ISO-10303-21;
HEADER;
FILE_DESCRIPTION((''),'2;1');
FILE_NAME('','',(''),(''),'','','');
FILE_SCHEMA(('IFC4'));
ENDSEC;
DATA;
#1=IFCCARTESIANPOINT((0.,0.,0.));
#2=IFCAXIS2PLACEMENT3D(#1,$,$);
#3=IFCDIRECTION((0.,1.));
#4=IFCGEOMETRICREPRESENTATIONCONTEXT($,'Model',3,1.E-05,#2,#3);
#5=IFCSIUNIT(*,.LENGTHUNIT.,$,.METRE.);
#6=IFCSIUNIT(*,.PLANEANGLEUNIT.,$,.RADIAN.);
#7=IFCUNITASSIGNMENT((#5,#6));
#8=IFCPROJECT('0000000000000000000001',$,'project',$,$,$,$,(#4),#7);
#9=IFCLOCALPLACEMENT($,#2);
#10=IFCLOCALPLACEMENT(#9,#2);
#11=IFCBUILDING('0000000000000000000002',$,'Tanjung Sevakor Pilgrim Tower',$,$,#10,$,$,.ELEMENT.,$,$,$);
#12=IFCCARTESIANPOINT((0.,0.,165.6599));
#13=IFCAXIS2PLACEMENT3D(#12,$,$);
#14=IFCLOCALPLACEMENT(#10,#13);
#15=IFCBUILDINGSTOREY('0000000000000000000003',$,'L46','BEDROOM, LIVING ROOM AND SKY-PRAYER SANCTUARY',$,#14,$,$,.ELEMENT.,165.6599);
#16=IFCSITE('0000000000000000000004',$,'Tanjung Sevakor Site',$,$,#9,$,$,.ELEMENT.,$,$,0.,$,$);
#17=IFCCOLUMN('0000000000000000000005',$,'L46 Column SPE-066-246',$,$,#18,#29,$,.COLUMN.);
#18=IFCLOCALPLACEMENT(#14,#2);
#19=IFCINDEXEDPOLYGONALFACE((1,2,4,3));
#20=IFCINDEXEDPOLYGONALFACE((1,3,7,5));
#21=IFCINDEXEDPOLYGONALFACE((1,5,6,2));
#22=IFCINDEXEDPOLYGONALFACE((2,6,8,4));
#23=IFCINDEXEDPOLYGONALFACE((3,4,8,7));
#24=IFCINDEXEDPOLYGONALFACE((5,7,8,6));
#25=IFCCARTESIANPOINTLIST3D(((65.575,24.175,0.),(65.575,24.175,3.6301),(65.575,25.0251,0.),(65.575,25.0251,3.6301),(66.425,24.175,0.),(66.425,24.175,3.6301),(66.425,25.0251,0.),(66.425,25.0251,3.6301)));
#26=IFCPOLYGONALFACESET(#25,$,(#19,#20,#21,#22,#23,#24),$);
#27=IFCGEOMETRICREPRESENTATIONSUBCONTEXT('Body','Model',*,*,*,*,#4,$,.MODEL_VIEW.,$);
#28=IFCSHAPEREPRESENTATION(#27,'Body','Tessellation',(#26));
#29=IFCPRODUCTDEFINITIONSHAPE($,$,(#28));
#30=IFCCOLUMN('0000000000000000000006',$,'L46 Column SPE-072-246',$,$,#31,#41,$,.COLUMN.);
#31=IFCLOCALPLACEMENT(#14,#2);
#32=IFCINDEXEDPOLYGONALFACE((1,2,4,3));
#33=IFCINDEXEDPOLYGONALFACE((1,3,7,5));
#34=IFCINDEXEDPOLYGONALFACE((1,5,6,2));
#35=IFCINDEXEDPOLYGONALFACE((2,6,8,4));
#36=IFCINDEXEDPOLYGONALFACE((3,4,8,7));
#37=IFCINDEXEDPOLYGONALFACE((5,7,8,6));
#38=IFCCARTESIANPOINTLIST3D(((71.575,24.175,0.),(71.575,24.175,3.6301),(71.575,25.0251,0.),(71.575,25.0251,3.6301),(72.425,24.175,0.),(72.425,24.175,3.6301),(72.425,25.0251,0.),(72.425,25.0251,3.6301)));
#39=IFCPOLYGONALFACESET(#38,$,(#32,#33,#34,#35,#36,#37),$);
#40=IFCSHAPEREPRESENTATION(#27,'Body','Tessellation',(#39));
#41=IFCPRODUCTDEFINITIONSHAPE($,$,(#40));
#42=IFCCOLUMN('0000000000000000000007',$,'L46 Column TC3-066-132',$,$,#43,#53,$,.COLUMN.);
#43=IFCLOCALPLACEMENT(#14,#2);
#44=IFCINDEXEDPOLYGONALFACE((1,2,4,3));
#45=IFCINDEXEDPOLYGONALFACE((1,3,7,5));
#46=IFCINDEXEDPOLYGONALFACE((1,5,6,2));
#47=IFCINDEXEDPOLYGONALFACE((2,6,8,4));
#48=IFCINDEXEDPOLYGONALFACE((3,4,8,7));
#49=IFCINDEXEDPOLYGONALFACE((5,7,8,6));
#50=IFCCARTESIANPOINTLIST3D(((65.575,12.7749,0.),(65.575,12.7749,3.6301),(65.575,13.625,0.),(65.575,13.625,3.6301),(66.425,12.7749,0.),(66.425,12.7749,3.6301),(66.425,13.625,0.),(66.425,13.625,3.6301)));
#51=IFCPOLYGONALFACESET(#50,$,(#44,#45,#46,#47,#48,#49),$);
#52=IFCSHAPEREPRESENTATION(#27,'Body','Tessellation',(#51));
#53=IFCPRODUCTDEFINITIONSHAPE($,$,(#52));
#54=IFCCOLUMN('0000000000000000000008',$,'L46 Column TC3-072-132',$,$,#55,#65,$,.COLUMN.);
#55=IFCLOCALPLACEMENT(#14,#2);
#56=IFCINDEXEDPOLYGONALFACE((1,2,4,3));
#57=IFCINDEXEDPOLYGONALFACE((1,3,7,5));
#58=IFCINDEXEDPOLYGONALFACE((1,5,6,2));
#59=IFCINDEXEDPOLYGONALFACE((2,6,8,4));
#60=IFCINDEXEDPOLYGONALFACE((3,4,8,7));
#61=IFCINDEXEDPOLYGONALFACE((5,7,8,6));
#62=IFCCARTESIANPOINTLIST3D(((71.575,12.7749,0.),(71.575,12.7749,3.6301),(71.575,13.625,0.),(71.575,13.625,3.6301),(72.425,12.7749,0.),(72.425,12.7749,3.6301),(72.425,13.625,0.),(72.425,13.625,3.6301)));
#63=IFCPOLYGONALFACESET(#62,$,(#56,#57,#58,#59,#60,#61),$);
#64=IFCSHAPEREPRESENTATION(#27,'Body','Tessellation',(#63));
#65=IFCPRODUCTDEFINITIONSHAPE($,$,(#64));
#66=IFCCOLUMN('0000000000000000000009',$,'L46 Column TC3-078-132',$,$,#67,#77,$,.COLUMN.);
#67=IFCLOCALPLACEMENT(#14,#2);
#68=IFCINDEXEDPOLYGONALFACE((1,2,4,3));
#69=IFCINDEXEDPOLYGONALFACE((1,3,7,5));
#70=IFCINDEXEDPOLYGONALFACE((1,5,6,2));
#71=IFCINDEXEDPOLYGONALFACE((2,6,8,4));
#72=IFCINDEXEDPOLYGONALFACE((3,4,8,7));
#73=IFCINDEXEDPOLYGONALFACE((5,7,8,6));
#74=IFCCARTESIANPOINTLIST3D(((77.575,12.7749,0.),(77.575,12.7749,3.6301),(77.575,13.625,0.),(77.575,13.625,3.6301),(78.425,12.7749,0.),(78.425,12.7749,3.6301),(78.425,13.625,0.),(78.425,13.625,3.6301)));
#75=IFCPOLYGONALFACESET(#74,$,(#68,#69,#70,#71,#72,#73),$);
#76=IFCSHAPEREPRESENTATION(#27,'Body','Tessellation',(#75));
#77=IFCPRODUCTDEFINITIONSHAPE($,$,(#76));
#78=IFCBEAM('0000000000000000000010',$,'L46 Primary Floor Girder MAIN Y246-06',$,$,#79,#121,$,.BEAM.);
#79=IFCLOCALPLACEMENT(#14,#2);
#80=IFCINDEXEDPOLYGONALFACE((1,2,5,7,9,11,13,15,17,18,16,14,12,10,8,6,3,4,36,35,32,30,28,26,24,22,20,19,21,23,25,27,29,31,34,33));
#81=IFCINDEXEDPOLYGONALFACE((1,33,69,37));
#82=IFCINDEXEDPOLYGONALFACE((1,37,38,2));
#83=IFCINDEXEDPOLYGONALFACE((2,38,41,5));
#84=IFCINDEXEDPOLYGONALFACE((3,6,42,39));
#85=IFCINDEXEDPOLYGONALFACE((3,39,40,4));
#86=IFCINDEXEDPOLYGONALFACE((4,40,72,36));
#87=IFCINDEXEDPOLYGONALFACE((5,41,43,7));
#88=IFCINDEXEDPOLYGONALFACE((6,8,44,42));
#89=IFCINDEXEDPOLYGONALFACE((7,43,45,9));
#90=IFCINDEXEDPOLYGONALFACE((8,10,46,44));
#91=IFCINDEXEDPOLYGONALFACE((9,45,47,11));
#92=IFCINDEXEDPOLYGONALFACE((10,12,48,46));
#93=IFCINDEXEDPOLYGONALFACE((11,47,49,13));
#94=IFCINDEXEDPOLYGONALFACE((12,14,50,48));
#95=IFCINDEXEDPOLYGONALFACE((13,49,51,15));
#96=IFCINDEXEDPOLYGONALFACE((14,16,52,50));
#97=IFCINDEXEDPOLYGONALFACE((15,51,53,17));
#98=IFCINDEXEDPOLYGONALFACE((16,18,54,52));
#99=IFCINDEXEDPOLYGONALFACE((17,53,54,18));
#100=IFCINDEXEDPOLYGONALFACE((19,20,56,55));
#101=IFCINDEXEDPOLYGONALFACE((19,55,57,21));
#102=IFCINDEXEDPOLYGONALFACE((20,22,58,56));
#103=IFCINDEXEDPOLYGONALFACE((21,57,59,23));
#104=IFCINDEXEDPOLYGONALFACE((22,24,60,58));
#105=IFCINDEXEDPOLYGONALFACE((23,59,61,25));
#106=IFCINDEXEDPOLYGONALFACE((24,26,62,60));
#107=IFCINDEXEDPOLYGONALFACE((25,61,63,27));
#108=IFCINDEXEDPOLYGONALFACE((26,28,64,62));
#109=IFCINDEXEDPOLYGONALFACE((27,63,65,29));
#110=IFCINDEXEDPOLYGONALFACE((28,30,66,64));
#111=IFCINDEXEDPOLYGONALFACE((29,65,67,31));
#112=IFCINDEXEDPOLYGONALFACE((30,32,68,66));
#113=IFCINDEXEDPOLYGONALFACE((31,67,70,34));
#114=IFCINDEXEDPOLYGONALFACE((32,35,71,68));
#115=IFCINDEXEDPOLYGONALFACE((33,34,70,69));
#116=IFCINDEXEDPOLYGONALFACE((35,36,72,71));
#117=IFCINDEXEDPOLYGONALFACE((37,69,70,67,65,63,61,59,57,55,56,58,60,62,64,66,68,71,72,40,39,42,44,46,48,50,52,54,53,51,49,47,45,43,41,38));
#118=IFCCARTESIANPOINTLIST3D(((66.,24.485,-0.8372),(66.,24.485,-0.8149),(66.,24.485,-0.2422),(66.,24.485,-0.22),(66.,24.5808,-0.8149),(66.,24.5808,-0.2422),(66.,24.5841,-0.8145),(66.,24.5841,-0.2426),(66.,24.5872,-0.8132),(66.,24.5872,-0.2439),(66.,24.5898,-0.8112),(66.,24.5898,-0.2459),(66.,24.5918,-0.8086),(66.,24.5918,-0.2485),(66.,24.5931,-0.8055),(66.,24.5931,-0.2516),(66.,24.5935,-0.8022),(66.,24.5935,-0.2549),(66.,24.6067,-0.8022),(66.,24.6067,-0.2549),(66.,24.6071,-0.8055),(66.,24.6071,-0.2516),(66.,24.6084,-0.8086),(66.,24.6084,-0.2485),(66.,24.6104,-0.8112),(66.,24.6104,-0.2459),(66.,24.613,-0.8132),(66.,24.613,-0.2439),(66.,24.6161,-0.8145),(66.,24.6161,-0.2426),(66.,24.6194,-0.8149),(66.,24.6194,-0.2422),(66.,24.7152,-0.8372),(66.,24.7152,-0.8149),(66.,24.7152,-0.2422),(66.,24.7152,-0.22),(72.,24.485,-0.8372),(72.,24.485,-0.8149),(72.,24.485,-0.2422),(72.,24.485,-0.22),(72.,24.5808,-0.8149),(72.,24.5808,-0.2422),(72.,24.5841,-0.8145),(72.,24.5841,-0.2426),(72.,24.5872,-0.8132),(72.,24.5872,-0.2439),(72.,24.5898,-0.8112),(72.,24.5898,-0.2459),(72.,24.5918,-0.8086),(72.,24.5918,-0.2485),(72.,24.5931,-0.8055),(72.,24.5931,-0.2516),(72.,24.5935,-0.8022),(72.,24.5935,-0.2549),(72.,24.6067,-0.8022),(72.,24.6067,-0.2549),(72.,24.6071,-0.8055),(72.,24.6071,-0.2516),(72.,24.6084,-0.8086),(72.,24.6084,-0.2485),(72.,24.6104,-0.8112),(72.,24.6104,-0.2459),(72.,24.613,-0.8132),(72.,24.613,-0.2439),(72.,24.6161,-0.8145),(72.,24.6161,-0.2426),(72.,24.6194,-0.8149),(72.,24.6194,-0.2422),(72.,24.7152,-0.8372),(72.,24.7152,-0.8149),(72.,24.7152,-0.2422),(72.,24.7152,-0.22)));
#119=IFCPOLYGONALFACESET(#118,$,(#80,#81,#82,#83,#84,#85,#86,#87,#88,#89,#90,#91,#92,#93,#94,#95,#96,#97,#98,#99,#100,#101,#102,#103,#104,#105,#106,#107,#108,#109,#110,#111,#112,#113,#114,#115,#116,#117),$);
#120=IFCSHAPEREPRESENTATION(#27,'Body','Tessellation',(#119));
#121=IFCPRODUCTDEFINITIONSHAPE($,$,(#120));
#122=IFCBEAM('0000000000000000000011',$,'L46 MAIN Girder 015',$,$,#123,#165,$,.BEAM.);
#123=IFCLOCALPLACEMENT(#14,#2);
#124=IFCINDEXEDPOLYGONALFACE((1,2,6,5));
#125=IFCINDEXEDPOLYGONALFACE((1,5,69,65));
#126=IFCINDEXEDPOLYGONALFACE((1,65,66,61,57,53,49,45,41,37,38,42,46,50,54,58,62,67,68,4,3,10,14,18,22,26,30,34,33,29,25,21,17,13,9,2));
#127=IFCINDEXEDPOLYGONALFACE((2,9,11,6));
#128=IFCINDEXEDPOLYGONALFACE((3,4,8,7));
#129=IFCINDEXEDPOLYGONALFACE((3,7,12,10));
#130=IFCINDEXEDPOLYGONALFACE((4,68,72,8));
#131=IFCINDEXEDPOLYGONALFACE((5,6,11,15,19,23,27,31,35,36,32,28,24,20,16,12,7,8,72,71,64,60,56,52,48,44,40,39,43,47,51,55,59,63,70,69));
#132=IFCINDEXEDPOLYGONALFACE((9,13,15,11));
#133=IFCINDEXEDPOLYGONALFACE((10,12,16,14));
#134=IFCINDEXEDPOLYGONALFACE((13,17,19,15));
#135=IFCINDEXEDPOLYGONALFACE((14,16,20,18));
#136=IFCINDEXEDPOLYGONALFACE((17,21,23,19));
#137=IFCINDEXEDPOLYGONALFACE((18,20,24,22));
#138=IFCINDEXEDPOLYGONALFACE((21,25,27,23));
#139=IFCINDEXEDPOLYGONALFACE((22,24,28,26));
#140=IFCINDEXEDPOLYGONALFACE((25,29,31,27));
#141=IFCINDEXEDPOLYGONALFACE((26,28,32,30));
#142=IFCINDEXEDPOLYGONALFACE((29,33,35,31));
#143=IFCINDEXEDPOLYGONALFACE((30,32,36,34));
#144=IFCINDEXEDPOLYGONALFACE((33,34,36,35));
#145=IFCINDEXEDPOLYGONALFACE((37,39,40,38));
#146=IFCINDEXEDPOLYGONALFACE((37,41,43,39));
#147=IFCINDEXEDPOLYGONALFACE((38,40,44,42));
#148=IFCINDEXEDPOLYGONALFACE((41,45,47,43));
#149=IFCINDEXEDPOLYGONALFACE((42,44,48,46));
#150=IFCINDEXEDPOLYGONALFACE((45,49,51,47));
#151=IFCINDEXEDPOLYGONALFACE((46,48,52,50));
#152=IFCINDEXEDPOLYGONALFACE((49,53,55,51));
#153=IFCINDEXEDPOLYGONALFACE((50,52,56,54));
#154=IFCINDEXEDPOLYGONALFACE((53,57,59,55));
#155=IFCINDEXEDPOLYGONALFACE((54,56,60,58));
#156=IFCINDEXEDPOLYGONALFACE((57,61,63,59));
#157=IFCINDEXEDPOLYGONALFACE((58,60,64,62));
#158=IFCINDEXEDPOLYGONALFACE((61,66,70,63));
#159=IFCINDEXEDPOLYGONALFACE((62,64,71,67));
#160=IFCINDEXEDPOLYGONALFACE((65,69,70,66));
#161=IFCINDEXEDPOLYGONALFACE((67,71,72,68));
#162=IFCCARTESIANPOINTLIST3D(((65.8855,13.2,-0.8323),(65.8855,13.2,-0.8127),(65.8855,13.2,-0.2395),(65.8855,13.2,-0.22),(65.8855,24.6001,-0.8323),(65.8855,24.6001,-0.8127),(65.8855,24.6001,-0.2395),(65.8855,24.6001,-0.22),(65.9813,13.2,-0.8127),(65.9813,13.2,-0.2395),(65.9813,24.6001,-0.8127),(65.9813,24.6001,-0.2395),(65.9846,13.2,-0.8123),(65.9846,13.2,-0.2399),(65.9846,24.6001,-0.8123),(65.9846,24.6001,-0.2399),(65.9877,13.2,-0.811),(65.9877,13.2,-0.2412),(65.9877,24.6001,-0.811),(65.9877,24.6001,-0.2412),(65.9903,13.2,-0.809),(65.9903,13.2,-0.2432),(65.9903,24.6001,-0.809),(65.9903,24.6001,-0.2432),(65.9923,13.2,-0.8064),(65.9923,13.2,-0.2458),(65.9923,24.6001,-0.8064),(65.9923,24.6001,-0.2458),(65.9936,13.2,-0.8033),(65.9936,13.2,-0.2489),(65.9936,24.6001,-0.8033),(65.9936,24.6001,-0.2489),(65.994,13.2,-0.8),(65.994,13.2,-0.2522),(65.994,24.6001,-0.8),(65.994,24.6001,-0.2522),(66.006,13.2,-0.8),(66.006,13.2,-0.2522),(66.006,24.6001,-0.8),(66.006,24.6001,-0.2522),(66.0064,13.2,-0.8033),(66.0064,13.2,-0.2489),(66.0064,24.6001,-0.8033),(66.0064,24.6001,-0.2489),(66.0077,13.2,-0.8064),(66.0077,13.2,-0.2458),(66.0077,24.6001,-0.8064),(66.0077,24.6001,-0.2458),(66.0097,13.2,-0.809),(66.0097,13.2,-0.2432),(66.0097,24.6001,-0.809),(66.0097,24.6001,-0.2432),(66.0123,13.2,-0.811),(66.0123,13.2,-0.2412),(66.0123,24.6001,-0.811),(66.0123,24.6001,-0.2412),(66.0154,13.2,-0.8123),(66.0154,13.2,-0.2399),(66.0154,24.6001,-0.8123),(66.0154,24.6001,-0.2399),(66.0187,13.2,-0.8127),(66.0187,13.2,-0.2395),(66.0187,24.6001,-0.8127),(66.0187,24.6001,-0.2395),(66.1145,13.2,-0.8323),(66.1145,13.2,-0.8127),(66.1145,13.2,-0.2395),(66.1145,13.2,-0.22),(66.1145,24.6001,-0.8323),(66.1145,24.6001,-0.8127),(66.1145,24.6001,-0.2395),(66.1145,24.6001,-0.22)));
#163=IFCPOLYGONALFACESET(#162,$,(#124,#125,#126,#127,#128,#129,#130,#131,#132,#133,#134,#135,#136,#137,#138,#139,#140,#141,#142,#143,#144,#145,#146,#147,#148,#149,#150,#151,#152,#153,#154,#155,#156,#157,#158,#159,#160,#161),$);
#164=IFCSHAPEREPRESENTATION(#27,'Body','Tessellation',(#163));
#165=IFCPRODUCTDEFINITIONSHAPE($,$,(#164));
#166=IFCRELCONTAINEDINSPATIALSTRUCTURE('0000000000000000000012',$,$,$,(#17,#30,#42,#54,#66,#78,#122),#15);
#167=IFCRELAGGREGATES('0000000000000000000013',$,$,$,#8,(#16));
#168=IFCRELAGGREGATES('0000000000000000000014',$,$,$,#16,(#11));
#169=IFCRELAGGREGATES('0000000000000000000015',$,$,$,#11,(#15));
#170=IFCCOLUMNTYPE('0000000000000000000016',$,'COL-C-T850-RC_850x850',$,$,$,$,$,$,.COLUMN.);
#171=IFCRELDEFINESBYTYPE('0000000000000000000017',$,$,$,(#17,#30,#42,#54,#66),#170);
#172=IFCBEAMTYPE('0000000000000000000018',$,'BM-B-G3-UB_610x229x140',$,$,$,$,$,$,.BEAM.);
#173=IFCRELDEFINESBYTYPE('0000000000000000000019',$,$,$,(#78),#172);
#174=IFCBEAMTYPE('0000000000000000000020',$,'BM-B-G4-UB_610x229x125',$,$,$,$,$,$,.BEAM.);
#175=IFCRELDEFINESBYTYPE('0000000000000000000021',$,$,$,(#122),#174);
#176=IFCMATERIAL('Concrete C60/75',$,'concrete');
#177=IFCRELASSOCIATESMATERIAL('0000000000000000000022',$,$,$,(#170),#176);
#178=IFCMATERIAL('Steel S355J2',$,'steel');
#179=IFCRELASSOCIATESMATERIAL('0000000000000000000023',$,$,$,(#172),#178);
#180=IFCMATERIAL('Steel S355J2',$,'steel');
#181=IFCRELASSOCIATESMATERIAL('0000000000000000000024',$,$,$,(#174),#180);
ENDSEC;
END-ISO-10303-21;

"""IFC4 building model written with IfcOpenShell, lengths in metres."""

from ifc_helpers import new_model, si_unit, direction, frame, origin, origin_2d, place, context, subcontext, project, spatial, rectangle, i_section, extrude, material, material_profile, profile_set, type_object, element, save


model = new_model("IFC4")

# Units and contexts
model_context = context("Model", 3, precision=1e-05, world=origin(), true_north=direction((0.0, 1.0)))
body_context = subcontext(model_context, "Body", "Model", "MODEL_VIEW")
ifc_project = project(units=[si_unit("LENGTHUNIT", "METRE"), si_unit("PLANEANGLEUNIT", "RADIAN")], contexts=[model_context])

# Site, building, storey
site_placement = place(None, origin())
site = spatial("IfcSite", under=ifc_project, at=site_placement, Name="Tanjung Sevakor Site", CompositionType="ELEMENT", RefElevation=0.0)
building_placement = place(site_placement, origin())
building = spatial("IfcBuilding", under=site, at=building_placement, Name="Tanjung Sevakor Pilgrim Tower", CompositionType="ELEMENT")
storey_placement = place(building_placement, frame((0.0, 0.0, 165.6599)))
storey = spatial("IfcBuildingStorey", under=building, at=storey_placement, Name="L46", Description="BEDROOM, LIVING ROOM AND SKY-PRAYER SANCTUARY", CompositionType="ELEMENT", Elevation=165.6599)

# Columns
ifc_material_1 = material(Name="Concrete C60/75", Category="concrete")
ifc_material_profile_1 = material_profile(ifc_material_1, rectangle(XDim=0.8501, YDim=0.8501, at=origin_2d()))
ifc_profile_set_1 = profile_set([ifc_material_profile_1], Name="Concrete C60/75")
column_type = type_object("IfcColumnType", Name="COL-C-T850-RC_850x850", PredefinedType="COLUMN", material=ifc_profile_set_1)
for number, where, z_axis, x_axis, name in (
    (1, (66.0, 24.6001, 0.0), (0.0, 0.0, 1.0), (1.0, 0.0, 0.0), "L46 Column SPE-066-246"),
    (2, (72.0, 24.6001, 0.0), (0.0, 0.0, 1.0), (1.0, 0.0, 0.0), "L46 Column SPE-072-246"),
    (3, (66.0, 13.2, 0.0), (0.0, 0.0, 1.0), (1.0, 0.0, 0.0), "L46 Column TC3-066-132"),
    (4, (72.0, 13.2, 0.0), (0.0, 0.0, 1.0), (1.0, 0.0, 0.0), "L46 Column TC3-072-132"),
    (5, (78.0, 13.2, 0.0), (0.0, 0.0, 1.0), (1.0, 0.0, 0.0), "L46 Column TC3-078-132"),
):
    element("IfcColumn", number, at=place(storey_placement, frame(where, z_axis=z_axis, x_axis=x_axis)), inside=storey, type_object=column_type, Name=name, PredefinedType="COLUMN", context=body_context, shape_type="SweptSolid", body=[
        extrude(rectangle(XDim=0.8501, YDim=0.8501, at=origin_2d()), origin(), (0.0, 0.0, 1.0), 3.6301),
    ])

# Beams
ifc_material_2 = material(Name="Steel S355J2", Category="steel")
ifc_material_profile_2 = material_profile(ifc_material_2, i_section(OverallWidth=0.2302, OverallDepth=0.6172, WebThickness=0.0132, FlangeThickness=0.0222, FilletRadius=0.0127, at=origin_2d()))
ifc_profile_set_2 = profile_set([ifc_material_profile_2], Name="Steel S355J2")
beam_type_1 = type_object("IfcBeamType", Name="BM-B-G3-UB_610x229x140", PredefinedType="BEAM", material=ifc_profile_set_2)
beam_1_placement = place(storey_placement, frame((66.0, 24.6001, -0.5286), z_axis=(1.0, 0.0, 0.0), x_axis=(0.0, 1.0, 0.0)))
element("IfcBeam", 6, at=beam_1_placement, inside=storey, type_object=beam_type_1, Name="L46 Primary Floor Girder MAIN Y246-06", PredefinedType="BEAM", context=body_context, shape_type="SweptSolid", body=[
    extrude(i_section(OverallWidth=0.2302, OverallDepth=0.6172, WebThickness=0.0132, FlangeThickness=0.0222, FilletRadius=0.0127, at=origin_2d()), origin(), (0.0, 0.0, 1.0), 6.0),
])
ifc_material_3 = material(Name="Steel S355J2", Category="steel")
ifc_material_profile_3 = material_profile(ifc_material_3, i_section(OverallWidth=0.229, OverallDepth=0.6123, WebThickness=0.012, FlangeThickness=0.0195, FilletRadius=0.0127, at=origin_2d()))
ifc_profile_set_3 = profile_set([ifc_material_profile_3], Name="Steel S355J2")
beam_type_2 = type_object("IfcBeamType", Name="BM-B-G4-UB_610x229x125", PredefinedType="BEAM", material=ifc_profile_set_3)
beam_2_placement = place(storey_placement, frame((66.0, 13.2, -0.5261), z_axis=(0.0, 1.0, 0.0), x_axis=(-1.0, 0.0, 0.0)))
element("IfcBeam", 7, at=beam_2_placement, inside=storey, type_object=beam_type_2, Name="L46 MAIN Girder 015", PredefinedType="BEAM", context=body_context, shape_type="SweptSolid", body=[
    extrude(i_section(OverallWidth=0.229, OverallDepth=0.6123, WebThickness=0.012, FlangeThickness=0.0195, FilletRadius=0.0127, at=origin_2d()), origin(), (0.0, 0.0, 1.0), 11.4001),
])

save(model, "model.ifc")
